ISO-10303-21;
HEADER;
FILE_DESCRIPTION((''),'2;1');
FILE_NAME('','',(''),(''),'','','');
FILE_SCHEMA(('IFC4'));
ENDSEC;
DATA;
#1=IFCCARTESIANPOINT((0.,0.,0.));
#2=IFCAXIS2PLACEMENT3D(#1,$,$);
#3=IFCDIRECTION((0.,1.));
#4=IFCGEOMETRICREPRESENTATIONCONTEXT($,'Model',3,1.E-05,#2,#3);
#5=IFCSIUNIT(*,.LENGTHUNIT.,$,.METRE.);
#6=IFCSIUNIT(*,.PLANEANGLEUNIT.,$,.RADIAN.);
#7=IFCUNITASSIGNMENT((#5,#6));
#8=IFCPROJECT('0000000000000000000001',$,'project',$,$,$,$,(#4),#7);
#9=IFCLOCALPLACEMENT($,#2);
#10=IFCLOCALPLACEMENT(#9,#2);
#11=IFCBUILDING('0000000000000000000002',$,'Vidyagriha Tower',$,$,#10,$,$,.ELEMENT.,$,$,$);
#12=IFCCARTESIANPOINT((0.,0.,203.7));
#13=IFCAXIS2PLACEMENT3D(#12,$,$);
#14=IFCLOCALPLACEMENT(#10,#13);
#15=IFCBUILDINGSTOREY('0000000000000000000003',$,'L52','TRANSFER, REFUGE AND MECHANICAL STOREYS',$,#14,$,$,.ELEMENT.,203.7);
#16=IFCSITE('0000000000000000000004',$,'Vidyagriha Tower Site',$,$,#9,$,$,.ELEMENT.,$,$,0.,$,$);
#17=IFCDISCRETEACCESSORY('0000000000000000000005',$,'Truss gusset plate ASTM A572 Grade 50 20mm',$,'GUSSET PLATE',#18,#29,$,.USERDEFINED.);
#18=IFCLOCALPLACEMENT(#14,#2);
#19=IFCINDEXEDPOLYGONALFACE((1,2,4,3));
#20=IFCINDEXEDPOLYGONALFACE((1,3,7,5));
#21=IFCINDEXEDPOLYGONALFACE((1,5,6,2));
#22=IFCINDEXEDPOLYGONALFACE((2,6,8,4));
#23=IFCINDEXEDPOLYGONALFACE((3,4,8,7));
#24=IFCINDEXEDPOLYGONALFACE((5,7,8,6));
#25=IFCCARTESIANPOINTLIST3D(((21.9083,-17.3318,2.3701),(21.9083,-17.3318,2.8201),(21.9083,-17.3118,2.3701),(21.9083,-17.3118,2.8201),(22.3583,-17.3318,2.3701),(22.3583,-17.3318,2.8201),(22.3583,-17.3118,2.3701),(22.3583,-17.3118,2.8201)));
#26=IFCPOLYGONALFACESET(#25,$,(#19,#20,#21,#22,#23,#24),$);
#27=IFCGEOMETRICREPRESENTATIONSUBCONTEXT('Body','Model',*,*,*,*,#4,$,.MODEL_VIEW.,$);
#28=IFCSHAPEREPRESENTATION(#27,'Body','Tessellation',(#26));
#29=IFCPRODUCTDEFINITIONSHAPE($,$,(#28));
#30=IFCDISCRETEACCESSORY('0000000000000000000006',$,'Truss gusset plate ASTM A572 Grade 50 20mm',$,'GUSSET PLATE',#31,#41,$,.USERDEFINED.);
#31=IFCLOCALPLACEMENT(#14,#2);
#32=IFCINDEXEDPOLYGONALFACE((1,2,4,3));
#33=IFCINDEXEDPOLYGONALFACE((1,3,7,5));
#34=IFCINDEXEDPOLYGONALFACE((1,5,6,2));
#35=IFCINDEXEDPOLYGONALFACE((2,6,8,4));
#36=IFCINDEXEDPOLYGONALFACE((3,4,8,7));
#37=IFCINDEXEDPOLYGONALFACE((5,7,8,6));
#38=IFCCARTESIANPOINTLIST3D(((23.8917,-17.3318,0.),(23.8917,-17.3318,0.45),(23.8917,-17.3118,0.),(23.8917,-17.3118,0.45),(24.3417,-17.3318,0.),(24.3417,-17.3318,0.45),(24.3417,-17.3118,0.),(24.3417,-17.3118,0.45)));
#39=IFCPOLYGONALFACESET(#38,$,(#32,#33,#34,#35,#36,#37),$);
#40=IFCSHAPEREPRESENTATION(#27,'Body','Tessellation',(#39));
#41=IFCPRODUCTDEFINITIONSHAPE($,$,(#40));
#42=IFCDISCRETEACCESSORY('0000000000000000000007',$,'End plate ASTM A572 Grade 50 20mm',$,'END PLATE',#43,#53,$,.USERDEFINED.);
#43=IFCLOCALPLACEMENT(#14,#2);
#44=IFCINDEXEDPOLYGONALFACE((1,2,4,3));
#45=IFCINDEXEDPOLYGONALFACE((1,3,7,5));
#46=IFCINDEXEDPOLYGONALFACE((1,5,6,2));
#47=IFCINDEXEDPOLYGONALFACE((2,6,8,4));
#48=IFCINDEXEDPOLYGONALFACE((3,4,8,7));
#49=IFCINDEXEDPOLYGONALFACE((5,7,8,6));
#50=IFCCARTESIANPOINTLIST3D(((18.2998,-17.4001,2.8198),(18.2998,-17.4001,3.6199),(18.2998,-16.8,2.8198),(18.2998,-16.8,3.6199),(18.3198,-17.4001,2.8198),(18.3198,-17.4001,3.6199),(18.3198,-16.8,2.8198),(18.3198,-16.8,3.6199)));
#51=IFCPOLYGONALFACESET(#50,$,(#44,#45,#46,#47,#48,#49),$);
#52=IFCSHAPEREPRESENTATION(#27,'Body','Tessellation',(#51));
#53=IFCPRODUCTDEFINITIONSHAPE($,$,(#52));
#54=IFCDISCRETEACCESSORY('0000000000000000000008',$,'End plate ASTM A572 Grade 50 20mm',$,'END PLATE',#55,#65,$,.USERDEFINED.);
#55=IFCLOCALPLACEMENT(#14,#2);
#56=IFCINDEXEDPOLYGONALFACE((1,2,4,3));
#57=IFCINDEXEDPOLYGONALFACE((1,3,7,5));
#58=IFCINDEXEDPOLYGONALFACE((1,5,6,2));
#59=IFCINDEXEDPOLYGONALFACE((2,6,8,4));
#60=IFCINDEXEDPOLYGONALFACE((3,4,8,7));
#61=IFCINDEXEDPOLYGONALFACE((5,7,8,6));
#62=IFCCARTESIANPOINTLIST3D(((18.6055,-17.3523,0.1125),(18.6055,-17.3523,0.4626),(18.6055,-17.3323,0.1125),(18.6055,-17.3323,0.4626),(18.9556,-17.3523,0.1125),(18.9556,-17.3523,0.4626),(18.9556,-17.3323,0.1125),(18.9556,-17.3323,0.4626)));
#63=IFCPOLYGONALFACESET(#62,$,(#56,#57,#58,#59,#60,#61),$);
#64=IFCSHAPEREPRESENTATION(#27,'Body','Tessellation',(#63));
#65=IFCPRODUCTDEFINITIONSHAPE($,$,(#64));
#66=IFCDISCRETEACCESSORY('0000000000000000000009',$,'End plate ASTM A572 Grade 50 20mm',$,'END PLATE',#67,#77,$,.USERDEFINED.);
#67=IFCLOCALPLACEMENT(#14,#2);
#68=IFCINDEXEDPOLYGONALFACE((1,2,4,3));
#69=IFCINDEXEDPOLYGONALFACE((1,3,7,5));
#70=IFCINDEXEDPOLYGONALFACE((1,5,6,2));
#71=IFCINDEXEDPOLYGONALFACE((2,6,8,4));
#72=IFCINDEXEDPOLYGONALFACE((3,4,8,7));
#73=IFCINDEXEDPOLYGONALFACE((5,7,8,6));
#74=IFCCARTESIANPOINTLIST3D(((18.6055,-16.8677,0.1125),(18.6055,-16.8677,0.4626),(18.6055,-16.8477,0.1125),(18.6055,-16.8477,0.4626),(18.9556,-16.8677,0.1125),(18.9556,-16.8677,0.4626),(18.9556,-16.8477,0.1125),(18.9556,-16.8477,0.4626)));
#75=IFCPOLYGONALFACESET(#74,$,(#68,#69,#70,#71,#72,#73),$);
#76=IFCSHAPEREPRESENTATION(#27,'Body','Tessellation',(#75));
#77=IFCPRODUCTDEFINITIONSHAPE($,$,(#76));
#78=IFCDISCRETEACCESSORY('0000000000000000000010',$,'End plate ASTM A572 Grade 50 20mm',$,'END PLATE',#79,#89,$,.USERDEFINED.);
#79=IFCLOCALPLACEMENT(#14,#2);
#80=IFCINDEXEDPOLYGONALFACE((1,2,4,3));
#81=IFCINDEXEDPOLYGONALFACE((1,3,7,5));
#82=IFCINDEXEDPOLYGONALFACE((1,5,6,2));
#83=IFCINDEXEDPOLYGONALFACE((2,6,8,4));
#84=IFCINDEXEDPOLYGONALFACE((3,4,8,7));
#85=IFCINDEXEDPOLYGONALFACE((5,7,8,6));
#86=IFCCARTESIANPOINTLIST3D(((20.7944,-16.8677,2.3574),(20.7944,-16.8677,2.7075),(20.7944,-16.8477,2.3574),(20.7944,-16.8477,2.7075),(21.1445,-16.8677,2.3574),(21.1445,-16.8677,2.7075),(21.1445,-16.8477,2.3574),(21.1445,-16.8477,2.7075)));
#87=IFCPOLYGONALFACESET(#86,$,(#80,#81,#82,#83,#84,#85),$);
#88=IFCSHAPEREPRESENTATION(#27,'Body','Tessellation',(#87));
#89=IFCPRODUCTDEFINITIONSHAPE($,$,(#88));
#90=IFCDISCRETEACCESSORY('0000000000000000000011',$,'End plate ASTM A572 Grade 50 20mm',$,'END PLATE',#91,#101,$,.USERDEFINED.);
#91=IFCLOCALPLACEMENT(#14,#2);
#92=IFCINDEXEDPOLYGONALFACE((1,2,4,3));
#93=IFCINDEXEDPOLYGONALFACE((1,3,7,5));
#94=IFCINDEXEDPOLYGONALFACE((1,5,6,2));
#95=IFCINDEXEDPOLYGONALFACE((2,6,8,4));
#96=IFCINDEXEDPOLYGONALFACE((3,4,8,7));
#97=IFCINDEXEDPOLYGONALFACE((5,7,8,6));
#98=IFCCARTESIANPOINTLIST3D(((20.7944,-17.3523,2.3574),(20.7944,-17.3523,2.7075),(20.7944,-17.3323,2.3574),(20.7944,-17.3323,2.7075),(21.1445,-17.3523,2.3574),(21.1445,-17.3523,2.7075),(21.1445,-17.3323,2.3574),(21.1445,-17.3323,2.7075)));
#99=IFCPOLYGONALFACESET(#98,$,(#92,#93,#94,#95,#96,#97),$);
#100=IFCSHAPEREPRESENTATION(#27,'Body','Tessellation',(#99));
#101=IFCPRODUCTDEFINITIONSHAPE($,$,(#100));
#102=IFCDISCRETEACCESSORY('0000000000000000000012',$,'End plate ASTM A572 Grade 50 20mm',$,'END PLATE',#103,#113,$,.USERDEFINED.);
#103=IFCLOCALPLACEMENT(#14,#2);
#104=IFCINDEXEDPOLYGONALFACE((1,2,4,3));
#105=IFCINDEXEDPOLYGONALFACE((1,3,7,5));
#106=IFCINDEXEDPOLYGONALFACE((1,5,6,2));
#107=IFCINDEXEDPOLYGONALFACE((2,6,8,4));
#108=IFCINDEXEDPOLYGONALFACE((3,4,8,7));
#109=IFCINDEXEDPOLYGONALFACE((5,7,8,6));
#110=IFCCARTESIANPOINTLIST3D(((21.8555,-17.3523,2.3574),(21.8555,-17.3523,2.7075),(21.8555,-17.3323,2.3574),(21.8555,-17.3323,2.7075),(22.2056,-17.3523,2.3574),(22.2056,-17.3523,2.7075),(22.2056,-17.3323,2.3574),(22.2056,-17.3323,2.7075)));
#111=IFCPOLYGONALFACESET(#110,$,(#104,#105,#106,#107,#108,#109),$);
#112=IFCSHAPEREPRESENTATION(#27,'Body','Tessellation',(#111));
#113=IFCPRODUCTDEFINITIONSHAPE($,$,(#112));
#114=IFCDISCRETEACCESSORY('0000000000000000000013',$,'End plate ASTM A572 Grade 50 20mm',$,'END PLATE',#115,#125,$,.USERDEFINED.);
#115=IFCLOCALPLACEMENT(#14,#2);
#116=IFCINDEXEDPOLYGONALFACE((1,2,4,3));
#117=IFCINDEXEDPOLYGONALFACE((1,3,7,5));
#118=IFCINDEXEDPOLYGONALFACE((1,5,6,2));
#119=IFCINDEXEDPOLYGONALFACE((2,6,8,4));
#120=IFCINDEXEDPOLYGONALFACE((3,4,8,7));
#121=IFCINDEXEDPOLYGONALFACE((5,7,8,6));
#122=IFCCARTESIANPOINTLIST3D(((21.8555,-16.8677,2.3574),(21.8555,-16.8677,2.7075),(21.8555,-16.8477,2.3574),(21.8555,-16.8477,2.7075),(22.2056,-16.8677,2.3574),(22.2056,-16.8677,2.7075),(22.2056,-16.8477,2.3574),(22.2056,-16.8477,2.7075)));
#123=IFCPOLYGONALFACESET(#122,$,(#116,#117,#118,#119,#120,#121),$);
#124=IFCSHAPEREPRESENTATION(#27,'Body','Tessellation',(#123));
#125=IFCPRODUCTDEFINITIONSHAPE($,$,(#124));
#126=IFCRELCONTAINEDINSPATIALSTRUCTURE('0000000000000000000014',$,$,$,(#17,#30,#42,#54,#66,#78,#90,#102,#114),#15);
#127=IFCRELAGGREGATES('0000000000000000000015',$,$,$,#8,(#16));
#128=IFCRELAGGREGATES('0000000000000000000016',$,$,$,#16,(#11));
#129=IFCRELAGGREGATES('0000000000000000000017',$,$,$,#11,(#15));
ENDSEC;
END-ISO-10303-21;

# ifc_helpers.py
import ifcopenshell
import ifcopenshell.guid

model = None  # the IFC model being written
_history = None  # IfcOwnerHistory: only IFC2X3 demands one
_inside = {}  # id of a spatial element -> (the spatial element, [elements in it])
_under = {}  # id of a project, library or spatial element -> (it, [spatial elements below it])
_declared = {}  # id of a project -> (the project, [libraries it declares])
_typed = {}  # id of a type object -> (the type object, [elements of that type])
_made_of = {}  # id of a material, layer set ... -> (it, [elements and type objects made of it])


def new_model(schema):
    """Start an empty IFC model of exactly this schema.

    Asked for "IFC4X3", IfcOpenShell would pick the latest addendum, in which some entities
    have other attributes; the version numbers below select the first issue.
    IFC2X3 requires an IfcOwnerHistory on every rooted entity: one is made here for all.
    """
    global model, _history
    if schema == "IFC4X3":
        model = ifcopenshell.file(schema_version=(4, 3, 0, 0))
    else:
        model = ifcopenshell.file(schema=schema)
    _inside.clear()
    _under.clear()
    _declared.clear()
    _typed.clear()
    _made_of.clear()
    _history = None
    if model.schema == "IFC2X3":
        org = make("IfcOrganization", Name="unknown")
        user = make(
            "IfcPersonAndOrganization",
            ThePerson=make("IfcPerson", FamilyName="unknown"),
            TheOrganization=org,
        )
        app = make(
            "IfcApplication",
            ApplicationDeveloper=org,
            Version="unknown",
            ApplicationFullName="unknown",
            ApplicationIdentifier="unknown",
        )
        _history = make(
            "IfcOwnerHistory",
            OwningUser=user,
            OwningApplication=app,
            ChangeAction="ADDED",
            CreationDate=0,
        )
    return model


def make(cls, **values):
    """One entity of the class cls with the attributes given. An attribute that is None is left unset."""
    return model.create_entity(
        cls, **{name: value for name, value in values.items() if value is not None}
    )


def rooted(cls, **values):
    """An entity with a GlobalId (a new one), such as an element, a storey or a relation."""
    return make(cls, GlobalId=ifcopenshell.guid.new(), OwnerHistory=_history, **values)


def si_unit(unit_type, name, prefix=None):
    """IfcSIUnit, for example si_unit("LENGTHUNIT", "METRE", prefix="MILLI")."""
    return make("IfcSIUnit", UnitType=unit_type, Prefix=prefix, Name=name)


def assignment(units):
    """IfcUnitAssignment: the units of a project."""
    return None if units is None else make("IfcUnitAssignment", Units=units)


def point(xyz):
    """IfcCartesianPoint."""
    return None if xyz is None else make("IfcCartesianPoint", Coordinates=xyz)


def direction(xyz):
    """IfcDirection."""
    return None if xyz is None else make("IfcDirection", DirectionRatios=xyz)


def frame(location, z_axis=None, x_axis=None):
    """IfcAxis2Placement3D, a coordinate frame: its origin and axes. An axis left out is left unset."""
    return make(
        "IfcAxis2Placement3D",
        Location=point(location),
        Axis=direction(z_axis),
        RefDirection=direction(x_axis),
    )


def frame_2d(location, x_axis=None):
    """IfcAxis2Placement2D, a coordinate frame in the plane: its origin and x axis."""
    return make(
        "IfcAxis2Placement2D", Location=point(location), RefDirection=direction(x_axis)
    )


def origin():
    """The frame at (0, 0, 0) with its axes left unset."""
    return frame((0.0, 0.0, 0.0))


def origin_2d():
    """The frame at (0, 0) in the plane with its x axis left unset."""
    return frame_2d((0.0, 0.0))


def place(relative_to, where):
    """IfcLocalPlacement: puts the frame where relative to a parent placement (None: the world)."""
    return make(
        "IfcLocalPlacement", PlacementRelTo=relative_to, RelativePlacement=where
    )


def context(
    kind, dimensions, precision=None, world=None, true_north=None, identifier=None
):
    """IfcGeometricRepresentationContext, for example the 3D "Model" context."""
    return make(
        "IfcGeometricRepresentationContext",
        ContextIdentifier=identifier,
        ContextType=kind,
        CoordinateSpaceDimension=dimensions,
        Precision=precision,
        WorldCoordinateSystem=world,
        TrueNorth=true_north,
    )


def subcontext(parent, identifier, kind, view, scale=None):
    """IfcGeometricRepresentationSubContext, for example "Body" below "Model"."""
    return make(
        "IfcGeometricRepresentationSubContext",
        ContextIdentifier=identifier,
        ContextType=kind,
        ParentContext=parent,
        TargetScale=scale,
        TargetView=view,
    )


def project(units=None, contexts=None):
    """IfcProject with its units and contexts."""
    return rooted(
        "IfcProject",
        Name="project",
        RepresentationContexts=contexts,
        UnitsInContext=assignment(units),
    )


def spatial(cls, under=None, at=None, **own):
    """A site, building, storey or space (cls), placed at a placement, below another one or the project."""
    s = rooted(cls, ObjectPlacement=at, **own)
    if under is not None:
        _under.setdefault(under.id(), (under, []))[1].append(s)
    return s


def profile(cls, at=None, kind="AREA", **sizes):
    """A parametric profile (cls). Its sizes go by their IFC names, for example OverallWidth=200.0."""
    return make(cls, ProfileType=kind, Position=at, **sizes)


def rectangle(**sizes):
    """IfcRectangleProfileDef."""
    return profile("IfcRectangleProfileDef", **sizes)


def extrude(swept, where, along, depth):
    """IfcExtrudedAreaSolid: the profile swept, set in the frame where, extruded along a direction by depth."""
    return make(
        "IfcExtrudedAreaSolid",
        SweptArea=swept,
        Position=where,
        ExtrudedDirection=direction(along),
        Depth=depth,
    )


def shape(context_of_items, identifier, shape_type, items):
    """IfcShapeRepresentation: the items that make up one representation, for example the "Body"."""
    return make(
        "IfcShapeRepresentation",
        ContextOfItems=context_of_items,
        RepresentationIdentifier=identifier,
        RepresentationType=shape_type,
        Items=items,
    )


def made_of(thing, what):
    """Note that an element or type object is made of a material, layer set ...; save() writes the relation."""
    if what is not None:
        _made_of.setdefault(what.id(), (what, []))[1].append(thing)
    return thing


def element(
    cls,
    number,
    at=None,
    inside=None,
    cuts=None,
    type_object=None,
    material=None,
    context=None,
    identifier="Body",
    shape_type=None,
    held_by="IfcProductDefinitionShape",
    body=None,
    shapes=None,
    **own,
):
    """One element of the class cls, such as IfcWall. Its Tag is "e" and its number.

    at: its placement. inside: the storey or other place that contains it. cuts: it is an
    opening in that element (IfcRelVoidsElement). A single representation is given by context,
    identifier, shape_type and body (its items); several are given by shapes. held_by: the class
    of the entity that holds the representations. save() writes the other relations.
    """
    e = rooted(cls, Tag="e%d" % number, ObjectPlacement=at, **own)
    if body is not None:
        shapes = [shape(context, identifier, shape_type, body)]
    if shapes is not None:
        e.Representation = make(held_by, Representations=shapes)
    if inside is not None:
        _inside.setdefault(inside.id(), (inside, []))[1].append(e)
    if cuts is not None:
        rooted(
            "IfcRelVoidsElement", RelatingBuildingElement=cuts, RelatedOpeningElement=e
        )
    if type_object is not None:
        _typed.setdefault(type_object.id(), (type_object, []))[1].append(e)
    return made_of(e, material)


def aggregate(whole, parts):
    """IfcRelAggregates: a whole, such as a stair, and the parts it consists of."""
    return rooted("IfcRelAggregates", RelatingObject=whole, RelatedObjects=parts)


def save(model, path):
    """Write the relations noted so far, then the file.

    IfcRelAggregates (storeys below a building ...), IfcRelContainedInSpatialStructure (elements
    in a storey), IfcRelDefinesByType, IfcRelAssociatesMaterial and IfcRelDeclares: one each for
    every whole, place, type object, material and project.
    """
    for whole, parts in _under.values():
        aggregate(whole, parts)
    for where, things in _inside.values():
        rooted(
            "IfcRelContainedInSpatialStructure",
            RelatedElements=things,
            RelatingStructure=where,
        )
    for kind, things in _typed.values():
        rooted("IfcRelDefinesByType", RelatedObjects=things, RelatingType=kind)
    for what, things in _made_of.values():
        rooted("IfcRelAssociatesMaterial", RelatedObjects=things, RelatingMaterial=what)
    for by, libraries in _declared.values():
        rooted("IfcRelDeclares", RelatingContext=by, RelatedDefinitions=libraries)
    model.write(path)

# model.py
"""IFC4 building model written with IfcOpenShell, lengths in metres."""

from ifc_helpers import new_model, si_unit, direction, frame, origin, origin_2d, place, context, subcontext, project, spatial, rectangle, extrude, element, save


model = new_model("IFC4")

# Units and contexts
model_context = context("Model", 3, precision=1e-05, world=origin(), true_north=direction((0.0, 1.0)))
body_context = subcontext(model_context, "Body", "Model", "MODEL_VIEW")
ifc_project = project(units=[si_unit("LENGTHUNIT", "METRE"), si_unit("PLANEANGLEUNIT", "RADIAN")], contexts=[model_context])

# Site, building, storey
site_placement = place(None, origin())
site = spatial("IfcSite", under=ifc_project, at=site_placement, Name="Vidyagriha Tower Site", CompositionType="ELEMENT", RefElevation=0.0)
building_placement = place(site_placement, origin())
building = spatial("IfcBuilding", under=site, at=building_placement, Name="Vidyagriha Tower", CompositionType="ELEMENT")
storey_placement = place(building_placement, frame((0.0, 0.0, 203.7)))
storey = spatial("IfcBuildingStorey", under=building, at=storey_placement, Name="L52", Description="TRANSFER, REFUGE AND MECHANICAL STOREYS", CompositionType="ELEMENT", Elevation=203.7)

# Discrete accessories
for number, where, name in (
    (1, (22.1333, -17.3218, 2.3701), "Truss gusset plate ASTM A572 Grade 50 20mm"),
    (2, (24.1167, -17.3218, 0.0), "Truss gusset plate ASTM A572 Grade 50 20mm"),
):
    element("IfcDiscreteAccessory", number, at=place(storey_placement, frame(where)), inside=storey, Name=name, ObjectType="GUSSET PLATE", PredefinedType="USERDEFINED", context=body_context, shape_type="SweptSolid", body=[
        extrude(rectangle(XDim=0.45, YDim=0.02, at=origin_2d()), origin(), (0.0, 0.0, 1.0), 0.45),
    ])
discrete_accessory_placement = place(storey_placement, frame((18.3098, -17.1001, 2.8198), z_axis=(0.0, 0.0, 1.0), x_axis=(-1.0, 0.0, 0.0)))
element("IfcDiscreteAccessory", 3, at=discrete_accessory_placement, inside=storey, Name="End plate ASTM A572 Grade 50 20mm", ObjectType="END PLATE", PredefinedType="USERDEFINED", context=body_context, shape_type="SweptSolid", body=[
    extrude(rectangle(XDim=0.02, YDim=0.6001, at=origin_2d()), origin(), (0.0, 0.0, 1.0), 0.8),
])
for number, where, z_axis, x_axis, name in (
    (4, (18.7805, -17.3423, 0.1125), (0.0, 0.0, 1.0), (-1.0, 0.0, 0.0), "End plate ASTM A572 Grade 50 20mm"),
    (5, (18.7805, -16.8577, 0.1125), (0.0, 0.0, 1.0), (-1.0, 0.0, 0.0), "End plate ASTM A572 Grade 50 20mm"),
):
    element("IfcDiscreteAccessory", number, at=place(storey_placement, frame(where, z_axis=z_axis, x_axis=x_axis)), inside=storey, Name=name, ObjectType="END PLATE", PredefinedType="USERDEFINED", context=body_context, shape_type="SweptSolid", body=[
        extrude(rectangle(XDim=0.3501, YDim=0.02, at=origin_2d()), origin(), (0.0, 0.0, 1.0), 0.3501),
    ])
for number, where, name in (
    (6, (20.9695, -16.8577, 2.3574), "End plate ASTM A572 Grade 50 20mm"),
    (7, (20.9695, -17.3423, 2.3574), "End plate ASTM A572 Grade 50 20mm"),
):
    element("IfcDiscreteAccessory", number, at=place(storey_placement, frame(where)), inside=storey, Name=name, ObjectType="END PLATE", PredefinedType="USERDEFINED", context=body_context, shape_type="SweptSolid", body=[
        extrude(rectangle(XDim=0.3501, YDim=0.02, at=origin_2d()), origin(), (0.0, 0.0, 1.0), 0.3501),
    ])
for number, where, z_axis, x_axis, name in (
    (8, (22.0305, -17.3423, 2.3574), (0.0, 0.0, 1.0), (-1.0, 0.0, 0.0), "End plate ASTM A572 Grade 50 20mm"),
    (9, (22.0305, -16.8577, 2.3574), (0.0, 0.0, 1.0), (-1.0, 0.0, 0.0), "End plate ASTM A572 Grade 50 20mm"),
):
    element("IfcDiscreteAccessory", number, at=place(storey_placement, frame(where, z_axis=z_axis, x_axis=x_axis)), inside=storey, Name=name, ObjectType="END PLATE", PredefinedType="USERDEFINED", context=body_context, shape_type="SweptSolid", body=[
        extrude(rectangle(XDim=0.3501, YDim=0.02, at=origin_2d()), origin(), (0.0, 0.0, 1.0), 0.3501),
    ])

save(model, "model.ifc")
